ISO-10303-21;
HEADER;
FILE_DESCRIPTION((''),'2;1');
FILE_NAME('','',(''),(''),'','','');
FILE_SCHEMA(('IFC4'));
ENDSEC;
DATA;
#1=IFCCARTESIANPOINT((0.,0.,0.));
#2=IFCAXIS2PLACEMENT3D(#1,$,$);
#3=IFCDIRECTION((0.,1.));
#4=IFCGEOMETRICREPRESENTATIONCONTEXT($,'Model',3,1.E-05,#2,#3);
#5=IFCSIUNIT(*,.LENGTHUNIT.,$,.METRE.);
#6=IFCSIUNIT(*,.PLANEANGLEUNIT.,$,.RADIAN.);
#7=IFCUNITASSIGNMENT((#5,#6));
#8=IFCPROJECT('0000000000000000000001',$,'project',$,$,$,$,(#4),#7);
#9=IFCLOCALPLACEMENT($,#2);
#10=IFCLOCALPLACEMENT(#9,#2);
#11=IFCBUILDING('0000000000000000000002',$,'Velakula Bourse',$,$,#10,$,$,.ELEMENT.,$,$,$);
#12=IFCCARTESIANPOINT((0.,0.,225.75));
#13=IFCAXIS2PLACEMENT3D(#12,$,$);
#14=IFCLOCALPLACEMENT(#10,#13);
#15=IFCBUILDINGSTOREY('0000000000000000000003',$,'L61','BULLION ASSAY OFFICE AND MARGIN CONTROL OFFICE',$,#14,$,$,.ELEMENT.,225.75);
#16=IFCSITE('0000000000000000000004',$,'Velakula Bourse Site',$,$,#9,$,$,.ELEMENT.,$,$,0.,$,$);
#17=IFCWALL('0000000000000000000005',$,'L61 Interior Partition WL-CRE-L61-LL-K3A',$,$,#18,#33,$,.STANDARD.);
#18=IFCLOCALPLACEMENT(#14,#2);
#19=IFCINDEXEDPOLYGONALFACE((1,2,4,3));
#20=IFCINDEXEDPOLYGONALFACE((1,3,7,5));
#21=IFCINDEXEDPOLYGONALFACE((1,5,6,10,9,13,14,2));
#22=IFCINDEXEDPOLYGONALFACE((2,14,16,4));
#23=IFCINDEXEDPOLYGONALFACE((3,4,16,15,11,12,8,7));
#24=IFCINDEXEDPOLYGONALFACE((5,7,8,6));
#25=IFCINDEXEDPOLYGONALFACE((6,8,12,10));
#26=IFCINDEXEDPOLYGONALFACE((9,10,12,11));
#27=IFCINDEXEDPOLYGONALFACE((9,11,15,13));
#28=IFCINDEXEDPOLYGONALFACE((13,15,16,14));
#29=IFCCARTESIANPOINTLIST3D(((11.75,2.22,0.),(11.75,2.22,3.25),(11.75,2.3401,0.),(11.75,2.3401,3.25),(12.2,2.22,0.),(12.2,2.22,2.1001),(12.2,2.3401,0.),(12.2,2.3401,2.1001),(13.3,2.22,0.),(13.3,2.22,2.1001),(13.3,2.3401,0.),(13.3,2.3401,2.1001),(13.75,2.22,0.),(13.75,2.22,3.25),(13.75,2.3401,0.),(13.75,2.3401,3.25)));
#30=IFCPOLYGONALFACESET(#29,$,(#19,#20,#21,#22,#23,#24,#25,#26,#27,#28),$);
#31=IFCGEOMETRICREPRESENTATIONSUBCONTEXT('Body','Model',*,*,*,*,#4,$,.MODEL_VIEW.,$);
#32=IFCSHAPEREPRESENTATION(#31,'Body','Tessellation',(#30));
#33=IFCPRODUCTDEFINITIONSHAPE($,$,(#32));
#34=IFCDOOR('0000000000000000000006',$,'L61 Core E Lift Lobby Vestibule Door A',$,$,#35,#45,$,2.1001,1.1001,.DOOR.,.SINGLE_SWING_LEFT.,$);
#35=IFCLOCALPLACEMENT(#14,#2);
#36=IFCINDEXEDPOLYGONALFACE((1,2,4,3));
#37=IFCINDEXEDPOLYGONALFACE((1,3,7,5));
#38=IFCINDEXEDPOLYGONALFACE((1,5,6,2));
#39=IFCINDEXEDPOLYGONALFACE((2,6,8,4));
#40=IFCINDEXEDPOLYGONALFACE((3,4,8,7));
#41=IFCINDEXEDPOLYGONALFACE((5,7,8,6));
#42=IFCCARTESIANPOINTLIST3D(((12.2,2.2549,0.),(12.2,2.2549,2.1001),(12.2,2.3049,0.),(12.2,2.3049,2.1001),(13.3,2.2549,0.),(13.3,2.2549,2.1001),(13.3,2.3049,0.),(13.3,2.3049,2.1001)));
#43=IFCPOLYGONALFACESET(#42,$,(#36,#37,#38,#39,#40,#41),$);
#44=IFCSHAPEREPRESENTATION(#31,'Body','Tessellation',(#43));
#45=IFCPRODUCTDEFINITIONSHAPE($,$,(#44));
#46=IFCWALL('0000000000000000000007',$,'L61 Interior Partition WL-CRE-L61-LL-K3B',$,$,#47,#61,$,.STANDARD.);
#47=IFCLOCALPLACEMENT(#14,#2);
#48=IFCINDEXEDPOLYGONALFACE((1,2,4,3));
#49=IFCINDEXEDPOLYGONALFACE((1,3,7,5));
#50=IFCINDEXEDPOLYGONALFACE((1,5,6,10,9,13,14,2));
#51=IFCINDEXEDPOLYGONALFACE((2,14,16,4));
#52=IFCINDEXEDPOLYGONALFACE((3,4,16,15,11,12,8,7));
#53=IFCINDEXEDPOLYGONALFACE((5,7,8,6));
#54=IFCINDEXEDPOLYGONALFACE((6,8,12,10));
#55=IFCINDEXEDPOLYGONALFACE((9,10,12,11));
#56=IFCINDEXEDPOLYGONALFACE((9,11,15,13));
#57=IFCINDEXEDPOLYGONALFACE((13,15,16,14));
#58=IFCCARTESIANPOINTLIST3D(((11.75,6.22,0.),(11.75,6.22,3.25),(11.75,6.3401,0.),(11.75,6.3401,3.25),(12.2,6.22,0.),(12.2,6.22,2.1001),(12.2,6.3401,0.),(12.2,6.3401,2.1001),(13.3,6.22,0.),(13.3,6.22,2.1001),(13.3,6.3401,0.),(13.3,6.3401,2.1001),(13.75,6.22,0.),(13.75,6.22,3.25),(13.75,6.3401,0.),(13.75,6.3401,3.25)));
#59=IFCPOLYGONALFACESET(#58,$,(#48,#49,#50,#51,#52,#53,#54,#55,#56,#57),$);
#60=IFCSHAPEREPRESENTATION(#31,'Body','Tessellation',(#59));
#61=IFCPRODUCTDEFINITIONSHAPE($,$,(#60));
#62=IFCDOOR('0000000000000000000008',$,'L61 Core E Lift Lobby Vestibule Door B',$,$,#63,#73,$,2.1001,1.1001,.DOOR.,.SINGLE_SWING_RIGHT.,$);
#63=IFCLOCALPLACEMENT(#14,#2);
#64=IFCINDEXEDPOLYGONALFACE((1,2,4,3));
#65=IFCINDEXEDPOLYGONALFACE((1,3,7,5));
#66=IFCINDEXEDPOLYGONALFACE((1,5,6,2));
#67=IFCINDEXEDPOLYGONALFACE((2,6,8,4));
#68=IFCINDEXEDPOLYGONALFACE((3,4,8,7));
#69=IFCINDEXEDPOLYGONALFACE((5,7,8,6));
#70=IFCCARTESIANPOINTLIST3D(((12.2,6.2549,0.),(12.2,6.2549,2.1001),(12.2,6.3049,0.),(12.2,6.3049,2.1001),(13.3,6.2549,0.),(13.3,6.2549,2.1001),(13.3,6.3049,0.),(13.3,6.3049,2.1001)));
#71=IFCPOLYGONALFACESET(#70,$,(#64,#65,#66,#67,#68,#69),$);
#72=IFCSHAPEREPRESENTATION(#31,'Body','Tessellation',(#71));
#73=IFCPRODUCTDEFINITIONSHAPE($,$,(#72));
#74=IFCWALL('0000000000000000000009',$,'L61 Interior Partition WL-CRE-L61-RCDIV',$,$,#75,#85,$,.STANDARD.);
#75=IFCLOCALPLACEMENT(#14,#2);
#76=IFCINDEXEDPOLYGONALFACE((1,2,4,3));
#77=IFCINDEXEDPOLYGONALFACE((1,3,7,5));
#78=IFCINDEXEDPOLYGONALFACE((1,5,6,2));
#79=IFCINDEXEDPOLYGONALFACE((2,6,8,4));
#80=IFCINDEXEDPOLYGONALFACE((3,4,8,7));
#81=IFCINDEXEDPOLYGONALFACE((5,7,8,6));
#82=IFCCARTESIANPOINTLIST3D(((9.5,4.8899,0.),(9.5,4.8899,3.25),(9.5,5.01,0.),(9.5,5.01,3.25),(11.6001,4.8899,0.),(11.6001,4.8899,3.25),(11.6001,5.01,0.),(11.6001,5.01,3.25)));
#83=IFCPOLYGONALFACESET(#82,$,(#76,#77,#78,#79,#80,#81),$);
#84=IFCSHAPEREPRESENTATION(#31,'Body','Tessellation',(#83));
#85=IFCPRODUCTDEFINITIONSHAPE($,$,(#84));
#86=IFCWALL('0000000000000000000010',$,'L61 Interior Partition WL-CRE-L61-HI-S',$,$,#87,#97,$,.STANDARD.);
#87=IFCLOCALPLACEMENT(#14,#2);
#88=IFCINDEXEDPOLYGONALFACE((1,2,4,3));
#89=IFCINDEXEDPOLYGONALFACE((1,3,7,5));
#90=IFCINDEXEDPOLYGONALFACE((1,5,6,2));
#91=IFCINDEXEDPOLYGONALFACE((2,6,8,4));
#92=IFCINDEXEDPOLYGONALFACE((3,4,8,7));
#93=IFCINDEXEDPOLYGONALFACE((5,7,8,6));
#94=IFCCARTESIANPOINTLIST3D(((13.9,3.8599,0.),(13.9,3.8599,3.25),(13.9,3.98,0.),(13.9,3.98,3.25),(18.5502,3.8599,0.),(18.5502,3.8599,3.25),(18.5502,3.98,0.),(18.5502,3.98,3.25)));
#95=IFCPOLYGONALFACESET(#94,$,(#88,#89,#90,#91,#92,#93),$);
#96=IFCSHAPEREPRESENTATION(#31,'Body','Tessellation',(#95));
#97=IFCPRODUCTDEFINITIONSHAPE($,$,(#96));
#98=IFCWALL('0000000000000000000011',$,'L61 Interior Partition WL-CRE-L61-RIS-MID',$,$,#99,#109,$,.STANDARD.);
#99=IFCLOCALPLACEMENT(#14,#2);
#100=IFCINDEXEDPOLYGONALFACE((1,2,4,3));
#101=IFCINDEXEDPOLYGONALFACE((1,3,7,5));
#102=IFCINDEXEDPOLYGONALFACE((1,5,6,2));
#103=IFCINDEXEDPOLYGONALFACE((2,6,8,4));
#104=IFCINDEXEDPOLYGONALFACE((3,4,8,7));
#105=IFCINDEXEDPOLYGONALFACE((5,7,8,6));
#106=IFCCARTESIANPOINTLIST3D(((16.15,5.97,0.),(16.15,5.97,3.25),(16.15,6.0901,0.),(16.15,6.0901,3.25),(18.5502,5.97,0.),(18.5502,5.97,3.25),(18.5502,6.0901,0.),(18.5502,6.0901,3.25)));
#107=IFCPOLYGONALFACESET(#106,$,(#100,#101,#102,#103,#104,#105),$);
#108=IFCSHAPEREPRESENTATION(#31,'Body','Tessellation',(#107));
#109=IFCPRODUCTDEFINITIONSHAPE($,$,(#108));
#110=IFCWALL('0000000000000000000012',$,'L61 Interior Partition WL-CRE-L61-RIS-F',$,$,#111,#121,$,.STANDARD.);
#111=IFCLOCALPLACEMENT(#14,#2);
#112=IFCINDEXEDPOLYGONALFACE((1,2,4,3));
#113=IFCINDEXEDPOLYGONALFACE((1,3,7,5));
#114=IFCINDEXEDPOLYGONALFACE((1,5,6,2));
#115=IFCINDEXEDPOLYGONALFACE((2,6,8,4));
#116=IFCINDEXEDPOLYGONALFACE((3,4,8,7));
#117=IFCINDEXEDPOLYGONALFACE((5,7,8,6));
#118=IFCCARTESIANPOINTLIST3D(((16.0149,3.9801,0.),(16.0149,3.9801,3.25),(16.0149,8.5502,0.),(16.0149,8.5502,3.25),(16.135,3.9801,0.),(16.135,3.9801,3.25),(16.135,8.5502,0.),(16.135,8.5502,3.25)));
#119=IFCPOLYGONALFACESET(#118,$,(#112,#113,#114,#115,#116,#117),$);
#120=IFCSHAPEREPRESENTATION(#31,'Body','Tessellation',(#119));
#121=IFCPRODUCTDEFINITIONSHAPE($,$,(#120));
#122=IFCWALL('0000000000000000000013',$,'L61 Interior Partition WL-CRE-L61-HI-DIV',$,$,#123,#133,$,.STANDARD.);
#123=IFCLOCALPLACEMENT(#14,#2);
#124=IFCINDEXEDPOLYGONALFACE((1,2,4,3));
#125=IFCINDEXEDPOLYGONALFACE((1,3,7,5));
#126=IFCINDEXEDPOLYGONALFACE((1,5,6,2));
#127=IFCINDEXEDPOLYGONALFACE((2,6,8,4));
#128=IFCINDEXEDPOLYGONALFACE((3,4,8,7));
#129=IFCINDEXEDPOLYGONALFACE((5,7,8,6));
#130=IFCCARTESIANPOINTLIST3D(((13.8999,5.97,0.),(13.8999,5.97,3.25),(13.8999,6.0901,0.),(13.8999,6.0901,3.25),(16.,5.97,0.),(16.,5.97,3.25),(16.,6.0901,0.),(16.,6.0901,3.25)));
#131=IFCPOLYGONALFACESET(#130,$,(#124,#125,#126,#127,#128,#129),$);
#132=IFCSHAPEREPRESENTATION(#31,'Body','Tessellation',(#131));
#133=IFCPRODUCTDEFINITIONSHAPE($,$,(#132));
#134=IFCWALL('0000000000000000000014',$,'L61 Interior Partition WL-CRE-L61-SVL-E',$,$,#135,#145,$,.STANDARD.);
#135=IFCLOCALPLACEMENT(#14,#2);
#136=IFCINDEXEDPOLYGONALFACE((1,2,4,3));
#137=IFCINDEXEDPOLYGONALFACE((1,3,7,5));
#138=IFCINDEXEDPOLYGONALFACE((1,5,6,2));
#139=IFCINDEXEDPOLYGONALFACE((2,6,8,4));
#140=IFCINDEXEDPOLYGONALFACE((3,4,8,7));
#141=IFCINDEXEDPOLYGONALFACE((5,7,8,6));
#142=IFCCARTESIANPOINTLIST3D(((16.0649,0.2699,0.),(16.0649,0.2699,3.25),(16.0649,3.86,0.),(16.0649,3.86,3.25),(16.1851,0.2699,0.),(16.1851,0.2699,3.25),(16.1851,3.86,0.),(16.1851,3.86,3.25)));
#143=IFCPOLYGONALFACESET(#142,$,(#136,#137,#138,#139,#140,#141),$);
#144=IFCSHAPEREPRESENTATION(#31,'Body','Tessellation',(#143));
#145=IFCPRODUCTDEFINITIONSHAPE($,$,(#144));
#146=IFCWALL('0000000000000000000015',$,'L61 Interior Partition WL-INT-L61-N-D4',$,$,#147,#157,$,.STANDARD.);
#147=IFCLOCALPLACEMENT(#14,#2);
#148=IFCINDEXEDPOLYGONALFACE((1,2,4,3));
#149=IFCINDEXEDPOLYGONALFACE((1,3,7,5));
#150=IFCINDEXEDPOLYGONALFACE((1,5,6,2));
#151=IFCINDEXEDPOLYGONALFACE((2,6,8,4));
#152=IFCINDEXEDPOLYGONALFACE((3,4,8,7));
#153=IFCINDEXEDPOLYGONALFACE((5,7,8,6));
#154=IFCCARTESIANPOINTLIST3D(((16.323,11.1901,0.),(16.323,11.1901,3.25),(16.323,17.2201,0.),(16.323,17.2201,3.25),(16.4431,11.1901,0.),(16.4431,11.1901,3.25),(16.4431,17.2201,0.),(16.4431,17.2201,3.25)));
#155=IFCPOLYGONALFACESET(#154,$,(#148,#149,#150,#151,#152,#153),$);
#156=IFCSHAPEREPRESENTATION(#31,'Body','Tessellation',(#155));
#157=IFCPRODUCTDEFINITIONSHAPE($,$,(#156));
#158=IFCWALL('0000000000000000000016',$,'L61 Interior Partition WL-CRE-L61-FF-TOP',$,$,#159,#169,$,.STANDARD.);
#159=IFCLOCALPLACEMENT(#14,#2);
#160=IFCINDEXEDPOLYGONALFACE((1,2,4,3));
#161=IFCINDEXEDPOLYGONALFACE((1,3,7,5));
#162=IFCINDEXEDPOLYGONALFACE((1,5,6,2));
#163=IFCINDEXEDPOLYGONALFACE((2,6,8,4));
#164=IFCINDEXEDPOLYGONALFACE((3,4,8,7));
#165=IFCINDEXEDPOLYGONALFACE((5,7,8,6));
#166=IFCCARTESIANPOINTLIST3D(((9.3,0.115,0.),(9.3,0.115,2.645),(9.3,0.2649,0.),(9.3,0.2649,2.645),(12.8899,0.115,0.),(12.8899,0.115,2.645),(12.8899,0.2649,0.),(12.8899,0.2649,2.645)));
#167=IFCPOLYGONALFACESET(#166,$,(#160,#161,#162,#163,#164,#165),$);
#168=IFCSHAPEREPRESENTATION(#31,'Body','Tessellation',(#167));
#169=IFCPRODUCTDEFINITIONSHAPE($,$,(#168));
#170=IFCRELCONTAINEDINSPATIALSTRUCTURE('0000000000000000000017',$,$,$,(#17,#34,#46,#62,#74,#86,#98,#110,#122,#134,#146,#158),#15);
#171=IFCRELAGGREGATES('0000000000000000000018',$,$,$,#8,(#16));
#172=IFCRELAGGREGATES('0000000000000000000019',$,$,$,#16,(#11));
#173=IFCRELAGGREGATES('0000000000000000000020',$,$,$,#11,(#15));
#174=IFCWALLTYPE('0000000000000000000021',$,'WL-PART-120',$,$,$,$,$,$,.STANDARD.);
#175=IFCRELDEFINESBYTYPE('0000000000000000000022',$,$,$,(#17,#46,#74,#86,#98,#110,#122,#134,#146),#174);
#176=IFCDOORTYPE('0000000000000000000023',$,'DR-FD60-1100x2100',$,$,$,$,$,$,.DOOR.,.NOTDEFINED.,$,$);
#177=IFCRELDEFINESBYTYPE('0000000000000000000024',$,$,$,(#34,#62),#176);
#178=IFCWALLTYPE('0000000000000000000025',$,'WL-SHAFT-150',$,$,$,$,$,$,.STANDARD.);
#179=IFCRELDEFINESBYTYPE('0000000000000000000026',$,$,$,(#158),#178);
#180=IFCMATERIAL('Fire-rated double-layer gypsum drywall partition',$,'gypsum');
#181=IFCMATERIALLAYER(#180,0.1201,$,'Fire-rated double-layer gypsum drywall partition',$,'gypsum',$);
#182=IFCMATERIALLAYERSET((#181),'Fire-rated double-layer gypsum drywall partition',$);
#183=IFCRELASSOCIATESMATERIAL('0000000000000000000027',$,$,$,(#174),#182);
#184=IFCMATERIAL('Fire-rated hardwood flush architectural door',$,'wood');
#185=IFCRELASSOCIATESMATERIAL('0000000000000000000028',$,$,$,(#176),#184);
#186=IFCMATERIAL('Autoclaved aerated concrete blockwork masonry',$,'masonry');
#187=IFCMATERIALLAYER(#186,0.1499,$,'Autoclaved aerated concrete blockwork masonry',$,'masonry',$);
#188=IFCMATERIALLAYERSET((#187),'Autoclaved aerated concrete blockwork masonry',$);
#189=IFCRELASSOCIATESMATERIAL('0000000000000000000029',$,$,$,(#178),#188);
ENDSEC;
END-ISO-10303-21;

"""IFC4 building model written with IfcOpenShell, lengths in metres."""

from ifc_helpers import new_model, si_unit, direction, frame, frame_2d, origin, place, context, subcontext, project, spatial, rectangle, extrude, material, layer, layer_set, type_object, element, fill, save


model = new_model("IFC4")

# Units and contexts
model_context = context("Model", 3, precision=1e-05, world=origin(), true_north=direction((0.0, 1.0)))
body_context = subcontext(model_context, "Body", "Model", "MODEL_VIEW")
ifc_project = project(units=[si_unit("LENGTHUNIT", "METRE"), si_unit("PLANEANGLEUNIT", "RADIAN")], contexts=[model_context])

# Site, building, storey
site_placement = place(None, origin())
site = spatial("IfcSite", under=ifc_project, at=site_placement, Name="Velakula Bourse Site", CompositionType="ELEMENT", RefElevation=0.0)
building_placement = place(site_placement, origin())
building = spatial("IfcBuilding", under=site, at=building_placement, Name="Velakula Bourse", CompositionType="ELEMENT")
storey_placement = place(building_placement, frame((0.0, 0.0, 225.75)))
storey = spatial("IfcBuildingStorey", under=building, at=storey_placement, Name="L61", Description="BULLION ASSAY OFFICE AND MARGIN CONTROL OFFICE", CompositionType="ELEMENT", Elevation=225.75)

# Walls, openings, doors
ifc_material_1 = material(Name="Fire-rated double-layer gypsum drywall partition", Category="gypsum")
ifc_layer_1 = layer(ifc_material_1, 0.1201, Name="Fire-rated double-layer gypsum drywall partition", Category="gypsum")
ifc_layer_set_1 = layer_set([ifc_layer_1], Name="Fire-rated double-layer gypsum drywall partition")
wall_type_1 = type_object("IfcWallType", Name="WL-PART-120", PredefinedType="STANDARD", material=ifc_layer_set_1)
wall_1_placement = place(storey_placement, frame((11.75, 2.28, 0.0), z_axis=(0.0, 0.0, 1.0), x_axis=(1.0, 0.0, 0.0)))
wall_1 = element("IfcWall", 1, at=wall_1_placement, inside=storey, type_object=wall_type_1, Name="L61 Interior Partition WL-CRE-L61-LL-K3A", PredefinedType="STANDARD", context=body_context, shape_type="SweptSolid", body=[
    extrude(rectangle(XDim=2.0, YDim=0.1201, at=frame_2d((1.0, 0.0))), origin(), (0.0, 0.0, 1.0), 3.25),
])
opening_1_placement = place(wall_1_placement, frame((0.45, 0.0, 0.0)))
opening_1 = element("IfcOpeningElement", 2, at=opening_1_placement, cuts=wall_1, PredefinedType="OPENING", context=body_context, shape_type="SweptSolid", body=[
    extrude(rectangle(XDim=1.1001, YDim=2.1001, at=frame_2d((0.55, 1.05))), frame((0.0, 0.0701, 0.0), z_axis=(0.0, -1.0, 0.0), x_axis=(1.0, 0.0, 0.0)), (0.0, 0.0, 1.0), 0.1401),
])
ifc_material_2 = material(Name="Fire-rated hardwood flush architectural door", Category="wood")
door_type_1 = type_object("IfcDoorType", Name="DR-FD60-1100x2100", OperationType="NOTDEFINED", PredefinedType="DOOR", material=ifc_material_2)
door_1_placement = place(opening_1_placement, origin())
door_1 = element("IfcDoor", 3, at=door_1_placement, inside=storey, type_object=door_type_1, Name="L61 Core E Lift Lobby Vestibule Door A", OperationType="SINGLE_SWING_LEFT", OverallHeight=2.1001, OverallWidth=1.1001, PredefinedType="DOOR", context=body_context, shape_type="SweptSolid", body=[
    extrude(rectangle(XDim=1.1001, YDim=2.1001, at=frame_2d((0.55, 1.05))), frame((0.0, 0.0249, 0.0), z_axis=(0.0, -1.0, 0.0), x_axis=(1.0, 0.0, 0.0)), (0.0, 0.0, 1.0), 0.05),
])
fill(opening_1, door_1)
wall_2_placement = place(storey_placement, frame((11.75, 6.28, 0.0), z_axis=(0.0, 0.0, 1.0), x_axis=(1.0, 0.0, 0.0)))
wall_2 = element("IfcWall", 4, at=wall_2_placement, inside=storey, type_object=wall_type_1, Name="L61 Interior Partition WL-CRE-L61-LL-K3B", PredefinedType="STANDARD", context=body_context, shape_type="SweptSolid", body=[
    extrude(rectangle(XDim=2.0, YDim=0.1201, at=frame_2d((1.0, 0.0))), origin(), (0.0, 0.0, 1.0), 3.25),
])
opening_2_placement = place(wall_2_placement, frame((0.45, 0.0, 0.0)))
opening_2 = element("IfcOpeningElement", 5, at=opening_2_placement, cuts=wall_2, PredefinedType="OPENING", context=body_context, shape_type="SweptSolid", body=[
    extrude(rectangle(XDim=1.1001, YDim=2.1001, at=frame_2d((0.55, 1.05))), frame((0.0, 0.0701, 0.0), z_axis=(0.0, -1.0, 0.0), x_axis=(1.0, 0.0, 0.0)), (0.0, 0.0, 1.0), 0.1401),
])
door_2_placement = place(opening_2_placement, origin())
door_2 = element("IfcDoor", 6, at=door_2_placement, inside=storey, type_object=door_type_1, Name="L61 Core E Lift Lobby Vestibule Door B", OperationType="SINGLE_SWING_RIGHT", OverallHeight=2.1001, OverallWidth=1.1001, PredefinedType="DOOR", context=body_context, shape_type="SweptSolid", body=[
    extrude(rectangle(XDim=1.1001, YDim=2.1001, at=frame_2d((0.55, 1.05))), frame((0.0, 0.0249, 0.0), z_axis=(0.0, -1.0, 0.0), x_axis=(1.0, 0.0, 0.0)), (0.0, 0.0, 1.0), 0.05),
])
fill(opening_2, door_2)

# Walls
wall_3_placement = place(storey_placement, frame((9.5, 4.95, 0.0), z_axis=(0.0, 0.0, 1.0), x_axis=(1.0, 0.0, 0.0)))
element("IfcWall", 7, at=wall_3_placement, inside=storey, type_object=wall_type_1, Name="L61 Interior Partition WL-CRE-L61-RCDIV", PredefinedType="STANDARD", context=body_context, shape_type="SweptSolid", body=[
    extrude(rectangle(XDim=2.1001, YDim=0.1201, at=frame_2d((1.05, 0.0))), origin(), (0.0, 0.0, 1.0), 3.25),
])
wall_4_placement = place(storey_placement, frame((13.8999, 3.9199, 0.0), z_axis=(0.0, 0.0, 1.0), x_axis=(1.0, 0.0, 0.0)))
element("IfcWall", 8, at=wall_4_placement, inside=storey, type_object=wall_type_1, Name="L61 Interior Partition WL-CRE-L61-HI-S", PredefinedType="STANDARD", context=body_context, shape_type="SweptSolid", body=[
    extrude(rectangle(XDim=4.6501, YDim=0.1201, at=frame_2d((2.3252, 0.0))), origin(), (0.0, 0.0, 1.0), 3.25),
])
wall_5_placement = place(storey_placement, frame((16.1499, 6.03, 0.0), z_axis=(0.0, 0.0, 1.0), x_axis=(1.0, 0.0, 0.0)))
element("IfcWall", 9, at=wall_5_placement, inside=storey, type_object=wall_type_1, Name="L61 Interior Partition WL-CRE-L61-RIS-MID", PredefinedType="STANDARD", context=body_context, shape_type="SweptSolid", body=[
    extrude(rectangle(XDim=2.4001, YDim=0.1201, at=frame_2d((1.2002, 0.0))), origin(), (0.0, 0.0, 1.0), 3.25),
])
wall_6_placement = place(storey_placement, frame((16.075, 3.98, 0.0), z_axis=(0.0, 0.0, 1.0), x_axis=(0.0, 1.0, 0.0)))
element("IfcWall", 10, at=wall_6_placement, inside=storey, type_object=wall_type_1, Name="L61 Interior Partition WL-CRE-L61-RIS-F", PredefinedType="STANDARD", context=body_context, shape_type="SweptSolid", body=[
    extrude(rectangle(XDim=4.5701, YDim=0.1201, at=frame_2d((2.2852, 0.0))), origin(), (0.0, 0.0, 1.0), 3.25),
])
wall_7_placement = place(storey_placement, frame((13.8999, 6.03, 0.0), z_axis=(0.0, 0.0, 1.0), x_axis=(1.0, 0.0, 0.0)))
element("IfcWall", 11, at=wall_7_placement, inside=storey, type_object=wall_type_1, Name="L61 Interior Partition WL-CRE-L61-HI-DIV", PredefinedType="STANDARD", context=body_context, shape_type="SweptSolid", body=[
    extrude(rectangle(XDim=2.1001, YDim=0.1201, at=frame_2d((1.05, 0.0))), origin(), (0.0, 0.0, 1.0), 3.25),
])
wall_8_placement = place(storey_placement, frame((16.125, 0.27, 0.0), z_axis=(0.0, 0.0, 1.0), x_axis=(0.0, 1.0, 0.0)))
element("IfcWall", 12, at=wall_8_placement, inside=storey, type_object=wall_type_1, Name="L61 Interior Partition WL-CRE-L61-SVL-E", PredefinedType="STANDARD", context=body_context, shape_type="SweptSolid", body=[
    extrude(rectangle(XDim=3.5901, YDim=0.1201, at=frame_2d((1.7949, 0.0))), origin(), (0.0, 0.0, 1.0), 3.25),
])
wall_9_placement = place(storey_placement, frame((16.3831, 11.1899, 0.0), z_axis=(0.0, 0.0, 1.0), x_axis=(0.0, 1.0, 0.0)))
element("IfcWall", 13, at=wall_9_placement, inside=storey, type_object=wall_type_1, Name="L61 Interior Partition WL-INT-L61-N-D4", PredefinedType="STANDARD", context=body_context, shape_type="SweptSolid", body=[
    extrude(rectangle(XDim=6.03, YDim=0.1201, at=frame_2d((3.0151, 0.0))), origin(), (0.0, 0.0, 1.0), 3.25),
])
ifc_material_3 = material(Name="Autoclaved aerated concrete blockwork masonry", Category="masonry")
ifc_layer_2 = layer(ifc_material_3, 0.1499, Name="Autoclaved aerated concrete blockwork masonry", Category="masonry")
ifc_layer_set_2 = layer_set([ifc_layer_2], Name="Autoclaved aerated concrete blockwork masonry")
wall_type_2 = type_object("IfcWallType", Name="WL-SHAFT-150", PredefinedType="STANDARD", material=ifc_layer_set_2)
wall_10_placement = place(storey_placement, frame((9.3, 0.1899, 0.0), z_axis=(0.0, 0.0, 1.0), x_axis=(1.0, 0.0, 0.0)))
element("IfcWall", 14, at=wall_10_placement, inside=storey, type_object=wall_type_2, Name="L61 Interior Partition WL-CRE-L61-FF-TOP", PredefinedType="STANDARD", context=body_context, shape_type="SweptSolid", body=[
    extrude(rectangle(XDim=3.5898, YDim=0.1499, at=frame_2d((1.7949, 0.0))), origin(), (0.0, 0.0, 1.0), 2.645),
])

save(model, "model.ifc")
